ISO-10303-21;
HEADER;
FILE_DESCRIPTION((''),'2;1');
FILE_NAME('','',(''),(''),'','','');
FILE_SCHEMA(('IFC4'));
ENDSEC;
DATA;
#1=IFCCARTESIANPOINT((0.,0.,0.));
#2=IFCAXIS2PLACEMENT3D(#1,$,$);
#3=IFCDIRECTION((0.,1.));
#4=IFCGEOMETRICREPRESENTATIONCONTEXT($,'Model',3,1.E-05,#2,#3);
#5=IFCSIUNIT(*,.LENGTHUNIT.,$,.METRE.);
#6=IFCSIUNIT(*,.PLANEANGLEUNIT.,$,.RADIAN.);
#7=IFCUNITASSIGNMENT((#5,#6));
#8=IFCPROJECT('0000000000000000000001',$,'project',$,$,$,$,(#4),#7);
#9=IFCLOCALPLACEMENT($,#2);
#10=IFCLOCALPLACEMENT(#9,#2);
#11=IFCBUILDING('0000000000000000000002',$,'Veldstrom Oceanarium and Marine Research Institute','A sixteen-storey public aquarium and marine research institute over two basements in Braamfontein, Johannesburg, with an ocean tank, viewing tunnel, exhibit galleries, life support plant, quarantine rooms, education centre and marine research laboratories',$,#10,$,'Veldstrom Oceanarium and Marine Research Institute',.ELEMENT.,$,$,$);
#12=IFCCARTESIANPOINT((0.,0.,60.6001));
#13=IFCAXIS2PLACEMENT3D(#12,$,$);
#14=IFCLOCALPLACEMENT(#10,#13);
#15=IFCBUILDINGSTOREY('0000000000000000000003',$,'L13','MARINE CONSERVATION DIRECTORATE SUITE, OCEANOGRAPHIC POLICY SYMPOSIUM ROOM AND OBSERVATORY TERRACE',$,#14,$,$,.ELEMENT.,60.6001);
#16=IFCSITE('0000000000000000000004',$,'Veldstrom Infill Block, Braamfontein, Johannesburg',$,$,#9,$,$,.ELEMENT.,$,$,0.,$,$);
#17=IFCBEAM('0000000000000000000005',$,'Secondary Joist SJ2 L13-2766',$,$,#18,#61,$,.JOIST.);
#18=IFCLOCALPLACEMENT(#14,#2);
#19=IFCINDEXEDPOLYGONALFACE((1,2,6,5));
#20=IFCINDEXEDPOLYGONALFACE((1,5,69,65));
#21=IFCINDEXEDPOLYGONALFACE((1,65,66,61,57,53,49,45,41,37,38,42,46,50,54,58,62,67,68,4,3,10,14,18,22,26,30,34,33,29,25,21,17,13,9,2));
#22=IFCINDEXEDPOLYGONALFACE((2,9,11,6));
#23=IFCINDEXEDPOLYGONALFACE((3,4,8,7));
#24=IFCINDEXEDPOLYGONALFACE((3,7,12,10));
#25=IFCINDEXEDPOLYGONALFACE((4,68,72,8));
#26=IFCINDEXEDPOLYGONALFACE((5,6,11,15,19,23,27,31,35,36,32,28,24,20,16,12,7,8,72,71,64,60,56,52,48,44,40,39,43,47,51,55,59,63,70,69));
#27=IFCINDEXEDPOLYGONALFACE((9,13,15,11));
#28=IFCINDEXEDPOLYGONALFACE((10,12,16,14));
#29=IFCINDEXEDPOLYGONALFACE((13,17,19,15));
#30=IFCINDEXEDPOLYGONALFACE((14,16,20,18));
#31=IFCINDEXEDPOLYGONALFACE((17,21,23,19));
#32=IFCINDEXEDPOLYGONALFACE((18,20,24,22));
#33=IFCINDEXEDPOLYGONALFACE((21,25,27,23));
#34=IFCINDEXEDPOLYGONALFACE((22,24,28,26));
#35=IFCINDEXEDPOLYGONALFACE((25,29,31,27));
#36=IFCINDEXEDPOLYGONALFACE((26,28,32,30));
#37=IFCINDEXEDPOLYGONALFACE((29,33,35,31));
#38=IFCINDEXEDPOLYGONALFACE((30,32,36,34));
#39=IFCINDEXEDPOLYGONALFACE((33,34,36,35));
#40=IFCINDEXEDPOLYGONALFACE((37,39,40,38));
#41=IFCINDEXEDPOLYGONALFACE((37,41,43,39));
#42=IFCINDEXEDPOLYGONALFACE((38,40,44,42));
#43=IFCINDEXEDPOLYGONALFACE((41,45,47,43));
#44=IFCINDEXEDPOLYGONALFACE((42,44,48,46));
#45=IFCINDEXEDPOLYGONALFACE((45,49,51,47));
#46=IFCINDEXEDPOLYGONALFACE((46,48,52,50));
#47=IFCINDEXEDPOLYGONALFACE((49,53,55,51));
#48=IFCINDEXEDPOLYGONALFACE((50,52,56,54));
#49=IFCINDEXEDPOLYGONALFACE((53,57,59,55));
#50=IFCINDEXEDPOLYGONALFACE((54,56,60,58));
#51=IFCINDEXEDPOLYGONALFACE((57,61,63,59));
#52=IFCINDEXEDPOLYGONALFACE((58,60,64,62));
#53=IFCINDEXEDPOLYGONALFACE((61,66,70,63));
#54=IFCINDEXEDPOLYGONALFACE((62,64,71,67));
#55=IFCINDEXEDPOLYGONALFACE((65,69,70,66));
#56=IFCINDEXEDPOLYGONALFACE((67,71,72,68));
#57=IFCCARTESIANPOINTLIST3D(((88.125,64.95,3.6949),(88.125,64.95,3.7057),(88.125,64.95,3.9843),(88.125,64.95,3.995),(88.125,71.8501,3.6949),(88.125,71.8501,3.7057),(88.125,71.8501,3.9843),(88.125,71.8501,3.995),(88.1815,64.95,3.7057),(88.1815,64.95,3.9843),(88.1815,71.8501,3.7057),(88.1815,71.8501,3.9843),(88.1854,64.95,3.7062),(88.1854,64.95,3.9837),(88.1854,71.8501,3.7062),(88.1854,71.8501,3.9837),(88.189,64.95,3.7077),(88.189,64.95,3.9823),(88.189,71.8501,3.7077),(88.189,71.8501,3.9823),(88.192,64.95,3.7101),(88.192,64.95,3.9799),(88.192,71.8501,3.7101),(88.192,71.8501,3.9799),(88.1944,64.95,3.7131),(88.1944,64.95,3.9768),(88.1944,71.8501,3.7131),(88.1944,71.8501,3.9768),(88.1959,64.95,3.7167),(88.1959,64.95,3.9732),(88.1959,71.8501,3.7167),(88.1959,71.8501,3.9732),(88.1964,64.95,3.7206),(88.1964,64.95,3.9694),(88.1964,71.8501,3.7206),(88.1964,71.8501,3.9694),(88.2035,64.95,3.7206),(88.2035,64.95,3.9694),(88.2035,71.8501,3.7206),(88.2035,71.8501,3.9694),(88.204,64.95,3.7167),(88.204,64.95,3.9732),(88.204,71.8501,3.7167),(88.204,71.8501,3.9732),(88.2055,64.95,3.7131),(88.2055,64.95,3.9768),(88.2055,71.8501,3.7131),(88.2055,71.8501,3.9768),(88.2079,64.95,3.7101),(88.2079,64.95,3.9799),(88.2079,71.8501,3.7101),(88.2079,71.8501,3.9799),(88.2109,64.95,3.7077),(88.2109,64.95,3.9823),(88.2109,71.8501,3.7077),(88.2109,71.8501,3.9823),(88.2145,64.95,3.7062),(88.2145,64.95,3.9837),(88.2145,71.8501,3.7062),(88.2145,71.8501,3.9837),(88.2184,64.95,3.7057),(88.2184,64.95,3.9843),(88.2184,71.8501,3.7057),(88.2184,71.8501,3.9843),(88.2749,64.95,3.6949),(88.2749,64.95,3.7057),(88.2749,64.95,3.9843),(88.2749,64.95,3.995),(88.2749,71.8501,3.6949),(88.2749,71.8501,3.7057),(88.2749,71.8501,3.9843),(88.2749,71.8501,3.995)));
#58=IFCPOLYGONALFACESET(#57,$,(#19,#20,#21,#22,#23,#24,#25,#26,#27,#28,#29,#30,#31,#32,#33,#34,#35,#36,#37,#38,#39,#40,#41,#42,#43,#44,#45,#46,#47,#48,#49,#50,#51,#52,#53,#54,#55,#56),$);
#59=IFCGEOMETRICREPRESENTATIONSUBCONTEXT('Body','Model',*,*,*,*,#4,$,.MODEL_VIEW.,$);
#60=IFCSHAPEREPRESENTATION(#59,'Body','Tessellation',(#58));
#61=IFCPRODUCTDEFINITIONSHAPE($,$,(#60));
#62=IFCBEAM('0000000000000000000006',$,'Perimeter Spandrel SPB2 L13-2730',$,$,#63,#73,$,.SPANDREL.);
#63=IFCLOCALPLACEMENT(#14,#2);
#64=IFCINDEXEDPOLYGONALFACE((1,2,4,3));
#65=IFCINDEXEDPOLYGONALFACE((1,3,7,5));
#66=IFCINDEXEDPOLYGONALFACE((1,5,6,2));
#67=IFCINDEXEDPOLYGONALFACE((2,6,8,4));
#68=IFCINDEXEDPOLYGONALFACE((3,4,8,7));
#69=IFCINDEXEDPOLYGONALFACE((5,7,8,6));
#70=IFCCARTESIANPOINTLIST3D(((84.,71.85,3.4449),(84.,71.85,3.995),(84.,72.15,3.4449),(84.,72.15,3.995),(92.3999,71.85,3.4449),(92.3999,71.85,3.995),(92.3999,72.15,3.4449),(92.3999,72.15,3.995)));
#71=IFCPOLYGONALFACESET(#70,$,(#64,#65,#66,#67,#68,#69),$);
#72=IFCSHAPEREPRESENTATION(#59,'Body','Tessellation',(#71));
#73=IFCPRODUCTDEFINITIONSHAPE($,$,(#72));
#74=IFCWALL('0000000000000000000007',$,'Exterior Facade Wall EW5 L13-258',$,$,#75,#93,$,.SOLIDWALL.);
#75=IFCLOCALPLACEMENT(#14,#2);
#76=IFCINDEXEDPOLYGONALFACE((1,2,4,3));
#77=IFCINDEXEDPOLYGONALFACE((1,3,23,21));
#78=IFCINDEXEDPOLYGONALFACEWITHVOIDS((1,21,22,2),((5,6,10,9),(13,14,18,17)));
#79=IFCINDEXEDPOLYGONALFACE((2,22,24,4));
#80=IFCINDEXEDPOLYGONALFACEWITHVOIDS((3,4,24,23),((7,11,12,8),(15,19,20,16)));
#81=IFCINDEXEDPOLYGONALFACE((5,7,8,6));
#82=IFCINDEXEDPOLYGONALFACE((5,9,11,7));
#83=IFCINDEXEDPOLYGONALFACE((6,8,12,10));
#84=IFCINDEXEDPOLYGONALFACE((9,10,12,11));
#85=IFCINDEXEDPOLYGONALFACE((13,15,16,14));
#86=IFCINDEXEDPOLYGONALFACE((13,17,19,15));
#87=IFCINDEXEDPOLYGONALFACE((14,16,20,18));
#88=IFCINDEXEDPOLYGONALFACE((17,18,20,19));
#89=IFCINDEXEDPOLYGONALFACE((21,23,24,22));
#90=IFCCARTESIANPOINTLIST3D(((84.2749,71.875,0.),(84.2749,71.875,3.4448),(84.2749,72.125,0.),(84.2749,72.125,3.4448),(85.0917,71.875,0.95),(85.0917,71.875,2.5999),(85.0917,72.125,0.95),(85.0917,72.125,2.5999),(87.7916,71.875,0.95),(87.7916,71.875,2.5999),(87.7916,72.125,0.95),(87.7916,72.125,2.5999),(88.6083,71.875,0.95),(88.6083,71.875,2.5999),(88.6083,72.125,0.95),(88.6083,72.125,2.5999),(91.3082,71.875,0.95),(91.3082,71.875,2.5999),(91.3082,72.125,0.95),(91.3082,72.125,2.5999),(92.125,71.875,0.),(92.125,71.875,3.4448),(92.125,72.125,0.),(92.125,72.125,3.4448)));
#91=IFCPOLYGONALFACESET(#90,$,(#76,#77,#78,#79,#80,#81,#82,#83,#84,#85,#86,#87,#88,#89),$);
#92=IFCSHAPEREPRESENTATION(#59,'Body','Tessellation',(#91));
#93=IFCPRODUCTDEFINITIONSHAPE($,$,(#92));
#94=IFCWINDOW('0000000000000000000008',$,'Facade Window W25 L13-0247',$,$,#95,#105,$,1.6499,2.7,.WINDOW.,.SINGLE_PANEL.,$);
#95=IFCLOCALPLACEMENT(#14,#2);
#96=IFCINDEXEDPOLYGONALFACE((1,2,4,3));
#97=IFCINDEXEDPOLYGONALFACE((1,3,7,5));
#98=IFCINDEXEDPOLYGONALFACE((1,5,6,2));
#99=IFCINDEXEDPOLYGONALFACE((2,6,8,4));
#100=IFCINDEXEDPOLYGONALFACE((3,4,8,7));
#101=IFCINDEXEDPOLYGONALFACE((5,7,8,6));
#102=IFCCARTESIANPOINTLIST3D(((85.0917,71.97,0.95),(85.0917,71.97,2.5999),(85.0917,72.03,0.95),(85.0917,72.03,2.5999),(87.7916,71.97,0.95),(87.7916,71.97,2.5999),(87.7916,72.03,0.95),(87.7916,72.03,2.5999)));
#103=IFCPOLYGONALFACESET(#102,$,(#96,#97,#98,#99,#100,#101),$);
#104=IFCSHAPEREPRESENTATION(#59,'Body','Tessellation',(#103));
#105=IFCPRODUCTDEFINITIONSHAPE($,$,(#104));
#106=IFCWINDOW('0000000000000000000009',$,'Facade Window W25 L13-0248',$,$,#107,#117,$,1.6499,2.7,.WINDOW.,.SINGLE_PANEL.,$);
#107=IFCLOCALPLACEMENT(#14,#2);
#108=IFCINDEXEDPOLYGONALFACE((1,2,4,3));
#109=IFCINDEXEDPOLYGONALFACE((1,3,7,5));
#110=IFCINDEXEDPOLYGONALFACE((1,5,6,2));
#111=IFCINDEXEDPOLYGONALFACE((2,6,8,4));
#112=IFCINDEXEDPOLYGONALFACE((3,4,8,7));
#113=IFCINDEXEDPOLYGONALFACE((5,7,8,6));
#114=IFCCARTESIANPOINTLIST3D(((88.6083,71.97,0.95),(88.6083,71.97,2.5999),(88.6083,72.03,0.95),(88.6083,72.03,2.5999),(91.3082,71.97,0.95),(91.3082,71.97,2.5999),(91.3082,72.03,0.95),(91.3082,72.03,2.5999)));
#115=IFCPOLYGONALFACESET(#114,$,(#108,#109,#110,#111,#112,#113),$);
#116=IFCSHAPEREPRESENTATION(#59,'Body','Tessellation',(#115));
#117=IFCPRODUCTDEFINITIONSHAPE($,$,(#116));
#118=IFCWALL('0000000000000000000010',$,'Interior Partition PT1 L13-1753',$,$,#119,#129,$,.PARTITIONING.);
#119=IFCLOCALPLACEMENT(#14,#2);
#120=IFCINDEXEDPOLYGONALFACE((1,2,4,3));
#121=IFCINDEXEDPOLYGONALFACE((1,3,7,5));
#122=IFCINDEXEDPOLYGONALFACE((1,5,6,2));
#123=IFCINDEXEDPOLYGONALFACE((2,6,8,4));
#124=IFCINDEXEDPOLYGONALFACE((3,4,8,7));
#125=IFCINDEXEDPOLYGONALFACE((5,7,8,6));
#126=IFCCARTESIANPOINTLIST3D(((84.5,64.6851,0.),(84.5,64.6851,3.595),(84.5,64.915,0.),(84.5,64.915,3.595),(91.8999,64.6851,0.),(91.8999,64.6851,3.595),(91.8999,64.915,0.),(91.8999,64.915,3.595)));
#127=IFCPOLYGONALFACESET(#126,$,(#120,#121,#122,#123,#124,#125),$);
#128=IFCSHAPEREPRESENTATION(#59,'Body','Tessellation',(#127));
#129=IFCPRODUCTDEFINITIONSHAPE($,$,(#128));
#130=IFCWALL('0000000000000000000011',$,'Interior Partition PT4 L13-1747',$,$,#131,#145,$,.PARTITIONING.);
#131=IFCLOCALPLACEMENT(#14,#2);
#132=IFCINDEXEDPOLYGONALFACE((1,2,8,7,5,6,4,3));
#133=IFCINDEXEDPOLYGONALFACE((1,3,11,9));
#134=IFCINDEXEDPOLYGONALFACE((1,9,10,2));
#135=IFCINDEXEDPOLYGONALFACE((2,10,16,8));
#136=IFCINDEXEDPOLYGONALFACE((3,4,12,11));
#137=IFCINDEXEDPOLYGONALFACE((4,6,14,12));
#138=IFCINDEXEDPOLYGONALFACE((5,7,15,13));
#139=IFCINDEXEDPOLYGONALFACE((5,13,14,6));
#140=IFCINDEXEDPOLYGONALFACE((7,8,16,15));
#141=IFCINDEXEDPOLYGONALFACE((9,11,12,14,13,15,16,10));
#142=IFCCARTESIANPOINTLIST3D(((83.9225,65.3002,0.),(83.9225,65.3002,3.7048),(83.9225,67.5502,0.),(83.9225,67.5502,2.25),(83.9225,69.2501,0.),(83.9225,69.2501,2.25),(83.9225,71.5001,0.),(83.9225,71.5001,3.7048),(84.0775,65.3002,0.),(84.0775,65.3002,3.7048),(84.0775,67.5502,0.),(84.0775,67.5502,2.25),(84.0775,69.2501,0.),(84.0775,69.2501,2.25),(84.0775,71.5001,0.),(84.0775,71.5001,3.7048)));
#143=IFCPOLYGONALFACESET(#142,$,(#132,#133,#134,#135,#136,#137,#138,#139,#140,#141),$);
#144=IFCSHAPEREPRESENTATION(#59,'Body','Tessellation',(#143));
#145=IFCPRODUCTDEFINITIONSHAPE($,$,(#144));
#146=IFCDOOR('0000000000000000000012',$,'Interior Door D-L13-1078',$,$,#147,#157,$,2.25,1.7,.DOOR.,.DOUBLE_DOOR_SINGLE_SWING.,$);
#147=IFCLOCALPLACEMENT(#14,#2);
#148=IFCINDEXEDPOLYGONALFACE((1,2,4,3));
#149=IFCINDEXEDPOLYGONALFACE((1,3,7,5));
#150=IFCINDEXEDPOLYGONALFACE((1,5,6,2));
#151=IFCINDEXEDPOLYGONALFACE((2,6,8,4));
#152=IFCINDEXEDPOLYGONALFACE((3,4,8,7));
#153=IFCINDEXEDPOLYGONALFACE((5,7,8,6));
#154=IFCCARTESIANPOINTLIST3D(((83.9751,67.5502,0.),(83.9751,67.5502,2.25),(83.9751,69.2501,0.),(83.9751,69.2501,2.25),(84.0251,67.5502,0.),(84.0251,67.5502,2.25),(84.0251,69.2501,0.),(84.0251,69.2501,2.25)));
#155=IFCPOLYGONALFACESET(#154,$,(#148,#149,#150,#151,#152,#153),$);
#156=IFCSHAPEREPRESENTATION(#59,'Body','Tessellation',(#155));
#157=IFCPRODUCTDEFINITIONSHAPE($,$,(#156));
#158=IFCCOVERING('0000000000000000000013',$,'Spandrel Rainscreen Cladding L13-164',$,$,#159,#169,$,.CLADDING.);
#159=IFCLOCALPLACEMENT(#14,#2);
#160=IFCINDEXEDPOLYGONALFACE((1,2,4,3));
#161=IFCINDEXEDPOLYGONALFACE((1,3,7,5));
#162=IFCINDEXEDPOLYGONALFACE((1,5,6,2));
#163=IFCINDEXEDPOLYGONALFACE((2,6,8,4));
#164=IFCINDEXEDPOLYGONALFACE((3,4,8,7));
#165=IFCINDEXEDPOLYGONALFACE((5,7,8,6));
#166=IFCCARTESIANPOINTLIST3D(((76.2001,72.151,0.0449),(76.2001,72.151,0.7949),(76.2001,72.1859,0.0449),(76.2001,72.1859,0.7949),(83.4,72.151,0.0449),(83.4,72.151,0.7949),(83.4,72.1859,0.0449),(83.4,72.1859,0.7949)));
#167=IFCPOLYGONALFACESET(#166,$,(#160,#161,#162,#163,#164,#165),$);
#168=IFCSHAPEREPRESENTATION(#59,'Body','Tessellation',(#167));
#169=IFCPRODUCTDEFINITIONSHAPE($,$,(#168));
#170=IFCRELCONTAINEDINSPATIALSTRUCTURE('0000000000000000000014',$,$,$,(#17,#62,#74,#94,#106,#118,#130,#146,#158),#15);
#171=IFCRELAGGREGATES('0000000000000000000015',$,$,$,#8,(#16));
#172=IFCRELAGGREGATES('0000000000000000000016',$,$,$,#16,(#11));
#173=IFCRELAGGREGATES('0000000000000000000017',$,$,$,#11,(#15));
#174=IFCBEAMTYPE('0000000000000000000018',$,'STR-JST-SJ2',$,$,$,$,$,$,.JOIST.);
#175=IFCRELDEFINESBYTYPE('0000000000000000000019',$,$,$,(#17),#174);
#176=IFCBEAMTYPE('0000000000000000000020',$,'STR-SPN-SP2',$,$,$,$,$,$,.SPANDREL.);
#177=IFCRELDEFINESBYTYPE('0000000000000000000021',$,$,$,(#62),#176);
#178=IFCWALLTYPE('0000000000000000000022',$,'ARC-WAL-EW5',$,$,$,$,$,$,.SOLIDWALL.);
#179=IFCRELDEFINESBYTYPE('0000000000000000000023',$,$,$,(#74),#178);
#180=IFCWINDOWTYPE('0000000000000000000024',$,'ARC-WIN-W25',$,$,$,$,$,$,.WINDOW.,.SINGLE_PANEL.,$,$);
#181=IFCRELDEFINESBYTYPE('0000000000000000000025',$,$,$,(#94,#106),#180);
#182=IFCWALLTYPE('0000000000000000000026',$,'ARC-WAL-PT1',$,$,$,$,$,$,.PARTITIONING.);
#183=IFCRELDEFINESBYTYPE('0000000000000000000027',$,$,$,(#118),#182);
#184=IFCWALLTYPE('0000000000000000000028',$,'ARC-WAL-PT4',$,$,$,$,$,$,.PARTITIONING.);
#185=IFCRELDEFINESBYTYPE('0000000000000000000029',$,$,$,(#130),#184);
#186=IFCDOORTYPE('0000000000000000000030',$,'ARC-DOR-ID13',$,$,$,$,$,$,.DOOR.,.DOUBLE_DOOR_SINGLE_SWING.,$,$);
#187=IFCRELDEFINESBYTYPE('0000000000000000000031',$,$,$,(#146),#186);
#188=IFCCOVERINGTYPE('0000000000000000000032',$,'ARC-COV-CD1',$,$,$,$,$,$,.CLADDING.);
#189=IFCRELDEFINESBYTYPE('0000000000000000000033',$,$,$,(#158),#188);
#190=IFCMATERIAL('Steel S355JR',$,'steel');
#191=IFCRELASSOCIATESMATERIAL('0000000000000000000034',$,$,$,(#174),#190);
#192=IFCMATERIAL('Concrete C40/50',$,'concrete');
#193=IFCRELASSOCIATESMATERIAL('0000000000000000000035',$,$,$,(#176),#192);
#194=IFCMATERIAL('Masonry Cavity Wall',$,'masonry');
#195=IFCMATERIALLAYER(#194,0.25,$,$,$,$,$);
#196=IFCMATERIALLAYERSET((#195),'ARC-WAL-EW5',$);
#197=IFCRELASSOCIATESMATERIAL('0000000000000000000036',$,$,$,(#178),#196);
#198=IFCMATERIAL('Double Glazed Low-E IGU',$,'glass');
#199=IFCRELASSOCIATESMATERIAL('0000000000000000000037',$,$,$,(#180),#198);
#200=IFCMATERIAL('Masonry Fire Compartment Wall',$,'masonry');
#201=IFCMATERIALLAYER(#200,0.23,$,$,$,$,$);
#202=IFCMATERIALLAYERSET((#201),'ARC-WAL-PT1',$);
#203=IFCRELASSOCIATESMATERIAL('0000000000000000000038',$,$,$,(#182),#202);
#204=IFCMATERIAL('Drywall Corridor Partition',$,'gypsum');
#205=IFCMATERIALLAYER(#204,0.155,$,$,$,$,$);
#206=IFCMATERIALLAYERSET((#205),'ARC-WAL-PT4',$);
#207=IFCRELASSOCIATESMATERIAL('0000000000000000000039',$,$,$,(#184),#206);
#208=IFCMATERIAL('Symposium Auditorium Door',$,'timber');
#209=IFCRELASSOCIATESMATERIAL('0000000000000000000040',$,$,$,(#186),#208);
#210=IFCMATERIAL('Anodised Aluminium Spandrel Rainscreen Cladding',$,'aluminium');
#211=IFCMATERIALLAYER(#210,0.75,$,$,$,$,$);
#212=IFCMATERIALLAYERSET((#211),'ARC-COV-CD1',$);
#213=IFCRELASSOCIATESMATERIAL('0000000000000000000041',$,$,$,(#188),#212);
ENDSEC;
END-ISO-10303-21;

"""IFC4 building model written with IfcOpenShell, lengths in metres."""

from ifc_helpers import new_model, si_unit, direction, frame, frame_2d, origin, origin_2d, place, context, subcontext, project, spatial, rectangle, i_section, extrude, material, layer, layer_set, material_profile, profile_set, type_object, element, fill, save


model = new_model("IFC4")

# Units and contexts
model_context = context("Model", 3, precision=1e-05, world=origin(), true_north=direction((0.0, 1.0)))
body_context = subcontext(model_context, "Body", "Model", "MODEL_VIEW")
ifc_project = project(units=[si_unit("LENGTHUNIT", "METRE"), si_unit("PLANEANGLEUNIT", "RADIAN")], contexts=[model_context])

# Site, building, storey
site_placement = place(None, origin())
site = spatial("IfcSite", under=ifc_project, at=site_placement, Name="Veldstrom Infill Block, Braamfontein, Johannesburg", CompositionType="ELEMENT", RefElevation=0.0)
building_placement = place(site_placement, origin())
building = spatial("IfcBuilding", under=site, at=building_placement, Name="Veldstrom Oceanarium and Marine Research Institute", Description="A sixteen-storey public aquarium and marine research institute over two basements in Braamfontein, Johannesburg, with an ocean tank, viewing tunnel, exhibit galleries, life support plant, quarantine rooms, education centre and marine research laboratories", LongName="Veldstrom Oceanarium and Marine Research Institute", CompositionType="ELEMENT")
storey_placement = place(building_placement, frame((0.0, 0.0, 60.6001)))
storey = spatial("IfcBuildingStorey", under=building, at=storey_placement, Name="L13", Description="MARINE CONSERVATION DIRECTORATE SUITE, OCEANOGRAPHIC POLICY SYMPOSIUM ROOM AND OBSERVATORY TERRACE", CompositionType="ELEMENT", Elevation=60.6001)

# Beams
ifc_material_1 = material(Name="Steel S355JR", Category="steel")
ifc_material_profile_1 = material_profile(ifc_material_1, i_section(OverallWidth=0.1499, OverallDepth=0.3, WebThickness=0.0071, FlangeThickness=0.0107, FilletRadius=0.0149, at=origin_2d()), Name="IPE 300")
ifc_profile_set_1 = profile_set([ifc_material_profile_1], Name="Steel S355JR")
beam_type_1 = type_object("IfcBeamType", Name="STR-JST-SJ2", PredefinedType="JOIST", material=ifc_profile_set_1)
beam_1_placement = place(storey_placement, frame((88.2, 64.95, 3.845), z_axis=(0.0, 1.0, 0.0), x_axis=(-1.0, 0.0, 0.0)))
element("IfcBeam", 1, at=beam_1_placement, inside=storey, type_object=beam_type_1, Name="Secondary Joist SJ2 L13-2766", PredefinedType="JOIST", context=body_context, shape_type="SweptSolid", body=[
    extrude(i_section(OverallWidth=0.1499, OverallDepth=0.3, WebThickness=0.0071, FlangeThickness=0.0107, FilletRadius=0.0149, at=origin_2d()), origin(), (0.0, 0.0, 1.0), 6.9001),
])
ifc_material_2 = material(Name="Concrete C40/50", Category="concrete")
ifc_material_profile_2 = material_profile(ifc_material_2, rectangle(XDim=0.3, YDim=0.55, at=origin_2d()), Name="RC-SPN-300x550")
ifc_profile_set_2 = profile_set([ifc_material_profile_2], Name="Concrete C40/50")
beam_type_2 = type_object("IfcBeamType", Name="STR-SPN-SP2", PredefinedType="SPANDREL", material=ifc_profile_set_2)
beam_2_placement = place(storey_placement, frame((84.0, 72.0, 3.72), z_axis=(1.0, 0.0, 0.0), x_axis=(0.0, 1.0, 0.0)))
element("IfcBeam", 2, at=beam_2_placement, inside=storey, type_object=beam_type_2, Name="Perimeter Spandrel SPB2 L13-2730", PredefinedType="SPANDREL", context=body_context, shape_type="SweptSolid", body=[
    extrude(rectangle(XDim=0.3, YDim=0.55, at=origin_2d()), origin(), (0.0, 0.0, 1.0), 8.3999),
])

# Wall, openings, windows
ifc_material_3 = material(Name="Masonry Cavity Wall", Category="masonry")
ifc_layer_1 = layer(ifc_material_3, 0.25)
ifc_layer_set_1 = layer_set([ifc_layer_1], Name="ARC-WAL-EW5")
wall_type_1 = type_object("IfcWallType", Name="ARC-WAL-EW5", PredefinedType="SOLIDWALL", material=ifc_layer_set_1)
wall_1_placement = place(storey_placement, frame((84.2749, 72.0, 0.0), z_axis=(0.0, 0.0, 1.0), x_axis=(1.0, 0.0, 0.0)))
wall_1 = element("IfcWall", 3, at=wall_1_placement, inside=storey, type_object=wall_type_1, Name="Exterior Facade Wall EW5 L13-258", PredefinedType="SOLIDWALL", context=body_context, shape_type="SweptSolid", body=[
    extrude(rectangle(XDim=7.8501, YDim=0.25, at=frame_2d((3.925, 0.0))), origin(), (0.0, 0.0, 1.0), 3.4448),
])
opening_1_placement = place(wall_1_placement, frame((0.8167, 0.0, 0.95)))
opening_1 = element("IfcOpeningElement", 4, at=opening_1_placement, cuts=wall_1, PredefinedType="OPENING", context=body_context, shape_type="SweptSolid", body=[
    extrude(rectangle(XDim=2.7, YDim=1.6499, at=frame_2d((1.3501, 0.825))), frame((0.0, 0.135, 0.0), z_axis=(0.0, -1.0, 0.0), x_axis=(1.0, 0.0, 0.0)), (0.0, 0.0, 1.0), 0.27),
])
opening_2_placement = place(wall_1_placement, frame((4.3333, 0.0, 0.95)))
opening_2 = element("IfcOpeningElement", 5, at=opening_2_placement, cuts=wall_1, PredefinedType="OPENING", context=body_context, shape_type="SweptSolid", body=[
    extrude(rectangle(XDim=2.7, YDim=1.6499, at=frame_2d((1.3501, 0.825))), frame((0.0, 0.135, 0.0), z_axis=(0.0, -1.0, 0.0), x_axis=(1.0, 0.0, 0.0)), (0.0, 0.0, 1.0), 0.27),
])
ifc_material_4 = material(Name="Double Glazed Low-E IGU", Category="glass")
window_type = type_object("IfcWindowType", Name="ARC-WIN-W25", PartitioningType="SINGLE_PANEL", PredefinedType="WINDOW", material=ifc_material_4)
window_1_placement = place(opening_1_placement, origin())
window_1 = element("IfcWindow", 6, at=window_1_placement, inside=storey, type_object=window_type, Name="Facade Window W25 L13-0247", OverallHeight=1.6499, OverallWidth=2.7, PartitioningType="SINGLE_PANEL", PredefinedType="WINDOW", context=body_context, shape_type="SweptSolid", body=[
    extrude(rectangle(XDim=2.7, YDim=1.6499, at=frame_2d((1.3501, 0.825))), frame((0.0, 0.03, 0.0), z_axis=(0.0, -1.0, 0.0), x_axis=(1.0, 0.0, 0.0)), (0.0, 0.0, 1.0), 0.0601),
])
fill(opening_1, window_1)
window_2_placement = place(opening_2_placement, origin())
window_2 = element("IfcWindow", 7, at=window_2_placement, inside=storey, type_object=window_type, Name="Facade Window W25 L13-0248", OverallHeight=1.6499, OverallWidth=2.7, PartitioningType="SINGLE_PANEL", PredefinedType="WINDOW", context=body_context, shape_type="SweptSolid", body=[
    extrude(rectangle(XDim=2.7, YDim=1.6499, at=frame_2d((1.3501, 0.825))), frame((0.0, 0.03, 0.0), z_axis=(0.0, -1.0, 0.0), x_axis=(1.0, 0.0, 0.0)), (0.0, 0.0, 1.0), 0.0601),
])
fill(opening_2, window_2)

# Wall
ifc_material_5 = material(Name="Masonry Fire Compartment Wall", Category="masonry")
ifc_layer_2 = layer(ifc_material_5, 0.23)
ifc_layer_set_2 = layer_set([ifc_layer_2], Name="ARC-WAL-PT1")
wall_type_2 = type_object("IfcWallType", Name="ARC-WAL-PT1", PredefinedType="PARTITIONING", material=ifc_layer_set_2)
wall_2_placement = place(storey_placement, frame((84.5, 64.8, 0.0), z_axis=(0.0, 0.0, 1.0), x_axis=(1.0, 0.0, 0.0)))
element("IfcWall", 8, at=wall_2_placement, inside=storey, type_object=wall_type_2, Name="Interior Partition PT1 L13-1753", PredefinedType="PARTITIONING", context=body_context, shape_type="SweptSolid", body=[
    extrude(rectangle(XDim=7.3999, YDim=0.23, at=frame_2d((3.7, 0.0))), origin(), (0.0, 0.0, 1.0), 3.595),
])

# Wall, opening, door
ifc_material_6 = material(Name="Drywall Corridor Partition", Category="gypsum")
ifc_layer_3 = layer(ifc_material_6, 0.155)
ifc_layer_set_3 = layer_set([ifc_layer_3], Name="ARC-WAL-PT4")
wall_type_3 = type_object("IfcWallType", Name="ARC-WAL-PT4", PredefinedType="PARTITIONING", material=ifc_layer_set_3)
wall_3_placement = place(storey_placement, frame((84.0, 65.3, 0.0), z_axis=(0.0, 0.0, 1.0), x_axis=(0.0, 1.0, 0.0)))
wall_3 = element("IfcWall", 9, at=wall_3_placement, inside=storey, type_object=wall_type_3, Name="Interior Partition PT4 L13-1747", PredefinedType="PARTITIONING", context=body_context, shape_type="SweptSolid", body=[
    extrude(rectangle(XDim=6.2, YDim=0.155, at=frame_2d((3.1001, 0.0))), origin(), (0.0, 0.0, 1.0), 3.7048),
])
opening_3_placement = place(wall_3_placement, frame((2.25, 0.0, 0.0)))
opening_3 = element("IfcOpeningElement", 10, at=opening_3_placement, cuts=wall_3, PredefinedType="OPENING", context=body_context, shape_type="SweptSolid", body=[
    extrude(rectangle(XDim=1.7, YDim=2.25, at=frame_2d((0.8501, 1.125))), frame((0.0, 0.0874, 0.0), z_axis=(0.0, -1.0, 0.0), x_axis=(1.0, 0.0, 0.0)), (0.0, 0.0, 1.0), 0.175),
])
ifc_material_7 = material(Name="Symposium Auditorium Door", Category="timber")
door_type = type_object("IfcDoorType", Name="ARC-DOR-ID13", OperationType="DOUBLE_DOOR_SINGLE_SWING", PredefinedType="DOOR", material=ifc_material_7)
door_placement = place(opening_3_placement, origin())
door = element("IfcDoor", 11, at=door_placement, inside=storey, type_object=door_type, Name="Interior Door D-L13-1078", OperationType="DOUBLE_DOOR_SINGLE_SWING", OverallHeight=2.25, OverallWidth=1.7, PredefinedType="DOOR", context=body_context, shape_type="SweptSolid", body=[
    extrude(rectangle(XDim=1.7, YDim=2.25, at=frame_2d((0.8501, 1.125))), frame((0.0, 0.0249, 0.0), z_axis=(0.0, -1.0, 0.0), x_axis=(1.0, 0.0, 0.0)), (0.0, 0.0, 1.0), 0.05),
])
fill(opening_3, door)

# Covering
ifc_material_8 = material(Name="Anodised Aluminium Spandrel Rainscreen Cladding", Category="aluminium")
ifc_layer_4 = layer(ifc_material_8, 0.75)
ifc_layer_set_4 = layer_set([ifc_layer_4], Name="ARC-COV-CD1")
covering_type_1 = type_object("IfcCoveringType", Name="ARC-COV-CD1", PredefinedType="CLADDING", material=ifc_layer_set_4)
covering_1_placement = place(storey_placement, frame((79.8, 72.1685, 0.0449), z_axis=(0.0, 0.0, 1.0), x_axis=(1.0, 0.0, 0.0)))
element("IfcCovering", 12, at=covering_1_placement, inside=storey, type_object=covering_type_1, Name="Spandrel Rainscreen Cladding L13-164", PredefinedType="CLADDING", context=body_context, shape_type="SweptSolid", body=[
    extrude(rectangle(XDim=7.2, YDim=0.0349, at=origin_2d()), origin(), (0.0, 0.0, 1.0), 0.75),
])

save(model, "model.ifc")
